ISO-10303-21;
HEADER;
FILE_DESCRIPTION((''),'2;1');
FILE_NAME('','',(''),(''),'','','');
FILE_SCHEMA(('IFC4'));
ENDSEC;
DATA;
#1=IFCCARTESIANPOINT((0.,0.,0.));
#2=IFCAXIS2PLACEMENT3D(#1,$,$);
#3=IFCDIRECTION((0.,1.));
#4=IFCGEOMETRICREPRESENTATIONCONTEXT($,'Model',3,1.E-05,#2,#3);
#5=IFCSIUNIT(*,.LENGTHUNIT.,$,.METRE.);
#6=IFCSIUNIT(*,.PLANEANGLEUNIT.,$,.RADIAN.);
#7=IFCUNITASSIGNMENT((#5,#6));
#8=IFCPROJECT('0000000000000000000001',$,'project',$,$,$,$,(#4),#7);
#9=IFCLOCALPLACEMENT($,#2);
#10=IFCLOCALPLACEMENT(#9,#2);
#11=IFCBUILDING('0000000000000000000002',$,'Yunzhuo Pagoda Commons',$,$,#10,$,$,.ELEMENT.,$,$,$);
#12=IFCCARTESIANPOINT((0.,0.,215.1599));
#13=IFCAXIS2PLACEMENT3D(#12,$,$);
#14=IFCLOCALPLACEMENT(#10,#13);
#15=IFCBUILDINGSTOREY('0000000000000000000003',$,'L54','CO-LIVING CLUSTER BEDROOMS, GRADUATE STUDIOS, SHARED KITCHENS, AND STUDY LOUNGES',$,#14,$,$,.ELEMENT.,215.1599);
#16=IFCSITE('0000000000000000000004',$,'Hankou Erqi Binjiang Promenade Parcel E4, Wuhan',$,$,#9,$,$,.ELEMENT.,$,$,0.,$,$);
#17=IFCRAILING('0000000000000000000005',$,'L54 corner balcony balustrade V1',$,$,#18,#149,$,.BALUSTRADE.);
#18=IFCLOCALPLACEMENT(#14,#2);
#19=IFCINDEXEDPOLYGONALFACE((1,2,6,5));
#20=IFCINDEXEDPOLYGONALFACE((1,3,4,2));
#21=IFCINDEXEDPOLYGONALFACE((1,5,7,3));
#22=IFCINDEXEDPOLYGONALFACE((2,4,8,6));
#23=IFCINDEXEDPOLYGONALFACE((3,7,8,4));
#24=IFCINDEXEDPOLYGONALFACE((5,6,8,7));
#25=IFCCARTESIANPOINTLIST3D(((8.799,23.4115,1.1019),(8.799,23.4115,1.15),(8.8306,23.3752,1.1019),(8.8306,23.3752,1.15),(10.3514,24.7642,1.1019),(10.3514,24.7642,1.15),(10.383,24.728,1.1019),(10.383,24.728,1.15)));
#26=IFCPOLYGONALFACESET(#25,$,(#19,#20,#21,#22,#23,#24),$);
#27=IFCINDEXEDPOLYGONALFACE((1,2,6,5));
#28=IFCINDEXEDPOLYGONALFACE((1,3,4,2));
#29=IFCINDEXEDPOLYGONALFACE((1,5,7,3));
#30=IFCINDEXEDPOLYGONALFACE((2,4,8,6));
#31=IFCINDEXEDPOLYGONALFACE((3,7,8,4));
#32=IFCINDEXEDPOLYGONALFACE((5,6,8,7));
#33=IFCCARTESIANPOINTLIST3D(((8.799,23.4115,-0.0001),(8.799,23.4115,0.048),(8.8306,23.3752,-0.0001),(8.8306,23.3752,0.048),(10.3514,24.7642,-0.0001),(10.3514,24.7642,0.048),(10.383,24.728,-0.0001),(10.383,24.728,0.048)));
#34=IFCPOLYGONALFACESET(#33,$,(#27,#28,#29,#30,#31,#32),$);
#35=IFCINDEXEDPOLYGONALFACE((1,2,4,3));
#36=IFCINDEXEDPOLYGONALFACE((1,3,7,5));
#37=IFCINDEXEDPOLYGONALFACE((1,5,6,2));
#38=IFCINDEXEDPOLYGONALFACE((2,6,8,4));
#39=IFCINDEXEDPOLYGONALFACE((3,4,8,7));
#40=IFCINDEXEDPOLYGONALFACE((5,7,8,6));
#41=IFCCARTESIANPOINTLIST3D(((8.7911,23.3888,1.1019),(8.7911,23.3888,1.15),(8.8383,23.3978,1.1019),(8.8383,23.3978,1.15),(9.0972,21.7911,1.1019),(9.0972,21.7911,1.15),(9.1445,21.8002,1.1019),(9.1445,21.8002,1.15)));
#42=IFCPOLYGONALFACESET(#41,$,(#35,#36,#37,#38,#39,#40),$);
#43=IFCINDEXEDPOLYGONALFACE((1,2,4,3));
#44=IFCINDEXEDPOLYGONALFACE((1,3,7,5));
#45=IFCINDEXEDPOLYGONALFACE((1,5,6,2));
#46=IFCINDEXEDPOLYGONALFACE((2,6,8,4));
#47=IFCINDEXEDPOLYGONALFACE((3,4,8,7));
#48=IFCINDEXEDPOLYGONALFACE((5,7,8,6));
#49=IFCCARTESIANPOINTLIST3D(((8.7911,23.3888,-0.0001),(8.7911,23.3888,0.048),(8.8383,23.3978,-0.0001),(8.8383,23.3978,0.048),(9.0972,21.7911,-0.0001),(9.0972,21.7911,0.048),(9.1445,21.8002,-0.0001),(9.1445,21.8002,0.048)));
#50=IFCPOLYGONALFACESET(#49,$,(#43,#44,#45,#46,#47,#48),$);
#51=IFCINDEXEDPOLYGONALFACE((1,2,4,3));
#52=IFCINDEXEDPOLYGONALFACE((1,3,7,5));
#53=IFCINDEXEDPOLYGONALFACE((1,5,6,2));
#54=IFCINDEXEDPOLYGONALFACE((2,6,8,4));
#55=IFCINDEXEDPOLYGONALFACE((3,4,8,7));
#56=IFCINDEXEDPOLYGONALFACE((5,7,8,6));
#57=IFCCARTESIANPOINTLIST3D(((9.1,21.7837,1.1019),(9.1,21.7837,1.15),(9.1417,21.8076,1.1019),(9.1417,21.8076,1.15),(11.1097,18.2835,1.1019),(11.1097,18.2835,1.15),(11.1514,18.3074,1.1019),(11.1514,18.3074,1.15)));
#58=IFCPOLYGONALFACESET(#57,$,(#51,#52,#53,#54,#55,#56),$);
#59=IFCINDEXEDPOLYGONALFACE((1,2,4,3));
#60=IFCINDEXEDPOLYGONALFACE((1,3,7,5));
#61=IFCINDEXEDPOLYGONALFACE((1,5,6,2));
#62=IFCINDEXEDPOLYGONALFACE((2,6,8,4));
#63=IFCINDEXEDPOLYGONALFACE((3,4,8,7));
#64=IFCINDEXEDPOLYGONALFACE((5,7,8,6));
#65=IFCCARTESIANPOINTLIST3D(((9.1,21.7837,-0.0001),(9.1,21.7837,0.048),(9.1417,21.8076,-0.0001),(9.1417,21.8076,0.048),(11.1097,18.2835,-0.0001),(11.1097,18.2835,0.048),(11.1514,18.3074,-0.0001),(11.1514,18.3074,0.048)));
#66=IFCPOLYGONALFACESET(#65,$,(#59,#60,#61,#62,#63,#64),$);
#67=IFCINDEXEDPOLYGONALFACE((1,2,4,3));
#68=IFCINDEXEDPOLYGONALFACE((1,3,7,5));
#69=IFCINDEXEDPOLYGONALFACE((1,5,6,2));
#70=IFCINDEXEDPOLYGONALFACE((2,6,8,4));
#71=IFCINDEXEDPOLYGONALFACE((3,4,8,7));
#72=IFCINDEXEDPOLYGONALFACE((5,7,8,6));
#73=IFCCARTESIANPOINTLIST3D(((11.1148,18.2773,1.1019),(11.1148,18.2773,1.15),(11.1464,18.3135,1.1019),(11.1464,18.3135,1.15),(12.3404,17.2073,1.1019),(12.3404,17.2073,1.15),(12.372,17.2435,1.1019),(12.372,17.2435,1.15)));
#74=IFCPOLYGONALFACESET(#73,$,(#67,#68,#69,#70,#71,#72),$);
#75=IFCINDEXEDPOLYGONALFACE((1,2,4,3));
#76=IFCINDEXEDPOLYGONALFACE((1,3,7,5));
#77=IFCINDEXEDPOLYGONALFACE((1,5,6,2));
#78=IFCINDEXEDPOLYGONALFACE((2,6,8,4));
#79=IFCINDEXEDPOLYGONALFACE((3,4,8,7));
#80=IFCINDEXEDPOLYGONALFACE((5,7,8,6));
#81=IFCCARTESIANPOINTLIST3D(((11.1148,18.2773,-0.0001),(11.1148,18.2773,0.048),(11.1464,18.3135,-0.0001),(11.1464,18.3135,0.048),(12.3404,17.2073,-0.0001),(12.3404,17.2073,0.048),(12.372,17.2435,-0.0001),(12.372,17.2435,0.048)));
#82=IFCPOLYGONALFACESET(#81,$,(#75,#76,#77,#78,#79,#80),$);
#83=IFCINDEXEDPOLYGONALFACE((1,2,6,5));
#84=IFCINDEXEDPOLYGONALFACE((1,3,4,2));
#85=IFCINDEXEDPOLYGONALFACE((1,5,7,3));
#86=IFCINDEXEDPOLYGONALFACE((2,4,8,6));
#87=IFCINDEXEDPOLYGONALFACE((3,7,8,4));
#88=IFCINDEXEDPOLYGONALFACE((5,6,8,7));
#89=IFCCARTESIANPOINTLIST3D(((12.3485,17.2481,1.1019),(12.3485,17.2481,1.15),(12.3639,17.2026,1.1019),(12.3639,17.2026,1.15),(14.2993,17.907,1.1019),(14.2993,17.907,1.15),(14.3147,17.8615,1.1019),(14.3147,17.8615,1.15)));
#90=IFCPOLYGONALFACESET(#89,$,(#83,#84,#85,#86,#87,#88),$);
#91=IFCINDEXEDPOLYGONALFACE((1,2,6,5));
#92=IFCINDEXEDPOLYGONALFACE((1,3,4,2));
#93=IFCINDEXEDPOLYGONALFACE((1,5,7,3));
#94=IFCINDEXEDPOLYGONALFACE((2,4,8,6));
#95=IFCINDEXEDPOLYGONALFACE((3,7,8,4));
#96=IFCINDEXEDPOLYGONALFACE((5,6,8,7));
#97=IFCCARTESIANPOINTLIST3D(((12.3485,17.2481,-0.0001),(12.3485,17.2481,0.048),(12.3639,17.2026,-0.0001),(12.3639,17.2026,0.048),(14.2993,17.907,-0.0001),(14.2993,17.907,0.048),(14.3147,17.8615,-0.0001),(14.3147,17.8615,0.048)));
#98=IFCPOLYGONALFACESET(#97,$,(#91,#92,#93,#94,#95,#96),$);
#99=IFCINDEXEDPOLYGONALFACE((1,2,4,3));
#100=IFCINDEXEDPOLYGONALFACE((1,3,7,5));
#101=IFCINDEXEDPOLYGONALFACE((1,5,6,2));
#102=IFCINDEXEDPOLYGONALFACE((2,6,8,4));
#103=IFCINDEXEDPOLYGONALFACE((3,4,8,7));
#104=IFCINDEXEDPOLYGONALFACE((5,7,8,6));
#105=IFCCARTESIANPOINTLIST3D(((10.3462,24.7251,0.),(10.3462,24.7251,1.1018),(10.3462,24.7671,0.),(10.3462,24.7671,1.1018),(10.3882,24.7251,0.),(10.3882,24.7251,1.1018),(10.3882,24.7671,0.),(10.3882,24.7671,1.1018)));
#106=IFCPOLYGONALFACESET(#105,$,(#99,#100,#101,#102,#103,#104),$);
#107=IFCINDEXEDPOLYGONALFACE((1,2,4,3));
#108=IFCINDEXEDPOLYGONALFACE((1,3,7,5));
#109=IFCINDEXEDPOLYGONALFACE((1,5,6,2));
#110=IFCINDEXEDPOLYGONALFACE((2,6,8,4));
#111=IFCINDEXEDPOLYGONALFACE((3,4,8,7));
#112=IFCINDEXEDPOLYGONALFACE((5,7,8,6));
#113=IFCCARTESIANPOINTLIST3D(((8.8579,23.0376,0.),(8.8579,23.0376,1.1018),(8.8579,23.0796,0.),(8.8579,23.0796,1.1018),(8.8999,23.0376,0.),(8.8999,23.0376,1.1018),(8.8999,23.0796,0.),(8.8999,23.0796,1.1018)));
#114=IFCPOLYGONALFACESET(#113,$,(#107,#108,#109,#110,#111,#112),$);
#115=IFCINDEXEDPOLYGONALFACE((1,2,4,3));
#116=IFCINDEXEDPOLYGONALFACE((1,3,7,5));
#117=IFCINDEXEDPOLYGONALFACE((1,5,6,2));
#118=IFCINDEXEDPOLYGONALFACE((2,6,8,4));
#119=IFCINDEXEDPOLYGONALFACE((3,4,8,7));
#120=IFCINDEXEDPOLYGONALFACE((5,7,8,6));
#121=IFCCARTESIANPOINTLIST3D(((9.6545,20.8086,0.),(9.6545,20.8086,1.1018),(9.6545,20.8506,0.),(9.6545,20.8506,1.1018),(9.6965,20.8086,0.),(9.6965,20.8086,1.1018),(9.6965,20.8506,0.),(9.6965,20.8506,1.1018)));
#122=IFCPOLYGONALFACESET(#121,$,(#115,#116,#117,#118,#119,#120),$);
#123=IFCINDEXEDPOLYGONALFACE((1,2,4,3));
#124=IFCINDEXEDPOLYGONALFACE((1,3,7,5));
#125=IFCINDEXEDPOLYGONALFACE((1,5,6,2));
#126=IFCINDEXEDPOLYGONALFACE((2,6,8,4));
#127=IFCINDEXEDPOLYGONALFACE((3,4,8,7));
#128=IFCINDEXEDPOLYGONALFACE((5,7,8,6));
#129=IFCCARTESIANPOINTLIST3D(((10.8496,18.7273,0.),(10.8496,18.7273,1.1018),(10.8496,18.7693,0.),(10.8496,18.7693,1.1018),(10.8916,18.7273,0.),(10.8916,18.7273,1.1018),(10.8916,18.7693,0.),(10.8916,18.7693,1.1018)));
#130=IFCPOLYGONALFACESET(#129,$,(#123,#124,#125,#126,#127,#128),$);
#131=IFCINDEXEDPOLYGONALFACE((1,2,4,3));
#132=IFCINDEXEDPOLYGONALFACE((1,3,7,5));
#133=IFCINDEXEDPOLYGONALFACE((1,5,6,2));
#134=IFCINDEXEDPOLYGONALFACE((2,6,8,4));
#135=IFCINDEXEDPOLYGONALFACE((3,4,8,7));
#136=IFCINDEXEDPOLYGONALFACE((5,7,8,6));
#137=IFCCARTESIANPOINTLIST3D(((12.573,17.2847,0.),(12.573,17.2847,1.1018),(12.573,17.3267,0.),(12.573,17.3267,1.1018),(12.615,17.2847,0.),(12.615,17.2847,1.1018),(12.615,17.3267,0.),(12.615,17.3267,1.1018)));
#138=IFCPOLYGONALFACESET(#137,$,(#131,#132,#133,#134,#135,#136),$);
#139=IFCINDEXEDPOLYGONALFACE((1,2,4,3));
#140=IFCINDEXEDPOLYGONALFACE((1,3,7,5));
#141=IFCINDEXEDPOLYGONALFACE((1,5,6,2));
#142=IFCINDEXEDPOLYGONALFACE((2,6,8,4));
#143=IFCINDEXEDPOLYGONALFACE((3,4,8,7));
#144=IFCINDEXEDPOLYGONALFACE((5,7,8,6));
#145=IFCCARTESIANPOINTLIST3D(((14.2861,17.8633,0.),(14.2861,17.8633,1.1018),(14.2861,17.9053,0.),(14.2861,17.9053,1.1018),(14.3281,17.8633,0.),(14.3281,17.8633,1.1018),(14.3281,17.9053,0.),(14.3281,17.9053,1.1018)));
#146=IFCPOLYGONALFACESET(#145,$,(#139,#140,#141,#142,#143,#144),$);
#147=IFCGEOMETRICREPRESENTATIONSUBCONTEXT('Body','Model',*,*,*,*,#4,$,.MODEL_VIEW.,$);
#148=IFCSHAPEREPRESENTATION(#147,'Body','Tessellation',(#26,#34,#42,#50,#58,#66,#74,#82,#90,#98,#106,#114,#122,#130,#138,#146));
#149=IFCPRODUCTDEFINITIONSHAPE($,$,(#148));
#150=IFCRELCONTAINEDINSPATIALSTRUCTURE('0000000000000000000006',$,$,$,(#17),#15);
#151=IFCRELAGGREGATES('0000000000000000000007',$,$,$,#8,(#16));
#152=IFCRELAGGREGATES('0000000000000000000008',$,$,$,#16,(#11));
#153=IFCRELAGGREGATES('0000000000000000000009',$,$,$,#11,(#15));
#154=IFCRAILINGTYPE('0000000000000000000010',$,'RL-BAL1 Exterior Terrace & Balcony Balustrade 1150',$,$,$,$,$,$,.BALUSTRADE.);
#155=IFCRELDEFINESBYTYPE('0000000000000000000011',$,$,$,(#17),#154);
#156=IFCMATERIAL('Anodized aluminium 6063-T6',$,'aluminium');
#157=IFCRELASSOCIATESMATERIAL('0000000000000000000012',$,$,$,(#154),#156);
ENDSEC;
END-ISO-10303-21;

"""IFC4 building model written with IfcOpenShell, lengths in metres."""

from ifc_helpers import new_model, si_unit, direction, frame, origin, origin_2d, place, context, subcontext, project, spatial, rectangle, extrude, material, type_object, element, save


model = new_model("IFC4")

# Units and contexts
model_context = context("Model", 3, precision=1e-05, world=origin(), true_north=direction((0.0, 1.0)))
body_context = subcontext(model_context, "Body", "Model", "MODEL_VIEW")
ifc_project = project(units=[si_unit("LENGTHUNIT", "METRE"), si_unit("PLANEANGLEUNIT", "RADIAN")], contexts=[model_context])

# Site, building, storey
site_placement = place(None, origin())
site = spatial("IfcSite", under=ifc_project, at=site_placement, Name="Hankou Erqi Binjiang Promenade Parcel E4, Wuhan", CompositionType="ELEMENT", RefElevation=0.0)
building_placement = place(site_placement, origin())
building = spatial("IfcBuilding", under=site, at=building_placement, Name="Yunzhuo Pagoda Commons", CompositionType="ELEMENT")
storey_placement = place(building_placement, frame((0.0, 0.0, 215.1599)))
storey = spatial("IfcBuildingStorey", under=building, at=storey_placement, Name="L54", Description="CO-LIVING CLUSTER BEDROOMS, GRADUATE STUDIOS, SHARED KITCHENS, AND STUDY LOUNGES", CompositionType="ELEMENT", Elevation=215.1599)

# Shared definitions
ifc_material_1 = material(Name="Anodized aluminium 6063-T6", Category="aluminium")

# Railing
railing_type = type_object("IfcRailingType", Name="RL-BAL1 Exterior Terrace & Balcony Balustrade 1150", PredefinedType="BALUSTRADE", material=ifc_material_1)
railing_placement = place(storey_placement, frame((10.3672, 24.7461, 0.0)))
element("IfcRailing", 1, at=railing_placement, inside=storey, type_object=railing_type, Name="L54 corner balcony balustrade V1", PredefinedType="BALUSTRADE", context=body_context, shape_type="SweptSolid", body=[
    extrude(rectangle(XDim=0.0481, YDim=0.0481, at=origin_2d()), frame((0.0, 0.0, 1.126), z_axis=(-0.753934, -0.65695, 0.0), x_axis=(0.65695, -0.753934, 0.0)), (0.0, 0.0, 1.0), 2.0591),
    extrude(rectangle(XDim=0.0481, YDim=0.0481, at=origin_2d()), frame((0.0, 0.0, 0.0239), z_axis=(-0.753934, -0.65695, 0.0), x_axis=(0.65695, -0.753934, 0.0)), (0.0, 0.0, 1.0), 2.0591),
    extrude(rectangle(XDim=0.0481, YDim=0.0481, at=origin_2d()), frame((-1.5525, -1.3528, 1.126), z_axis=(0.188202, -0.98213, 0.0), x_axis=(0.98213, 0.188202, 0.0)), (0.0, 0.0, 1.0), 1.6267),
    extrude(rectangle(XDim=0.0481, YDim=0.0481, at=origin_2d()), frame((-1.5525, -1.3528, 0.0239), z_axis=(0.188202, -0.98213, 0.0), x_axis=(0.98213, 0.188202, 0.0)), (0.0, 0.0, 1.0), 1.6267),
    extrude(rectangle(XDim=0.0481, YDim=0.0481, at=origin_2d()), frame((-1.2463, -2.9504, 1.126), z_axis=(0.497936, -0.867214, 0.0), x_axis=(0.867214, 0.497936, 0.0)), (0.0, 0.0, 1.0), 4.0361),
    extrude(rectangle(XDim=0.0481, YDim=0.0481, at=origin_2d()), frame((-1.2463, -2.9504, 0.0239), z_axis=(0.497936, -0.867214, 0.0), x_axis=(0.867214, 0.497936, 0.0)), (0.0, 0.0, 1.0), 4.0361),
    extrude(rectangle(XDim=0.0481, YDim=0.0481, at=origin_2d()), frame((0.7634, -6.4507, 1.126), z_axis=(0.753283, -0.657697, 0.0), x_axis=(0.657697, 0.753283, 0.0)), (0.0, 0.0, 1.0), 1.627),
    extrude(rectangle(XDim=0.0481, YDim=0.0481, at=origin_2d()), frame((0.7634, -6.4507, 0.0239), z_axis=(0.753283, -0.657697, 0.0), x_axis=(0.657697, 0.753283, 0.0)), (0.0, 0.0, 1.0), 1.627),
    extrude(rectangle(XDim=0.0481, YDim=0.0481, at=origin_2d()), frame((1.989, -7.5208, 1.126), z_axis=(0.947419, 0.319996, 0.0), x_axis=(-0.319996, 0.947419, 0.0)), (0.0, 0.0, 1.0), 2.0591),
    extrude(rectangle(XDim=0.0481, YDim=0.0481, at=origin_2d()), frame((1.989, -7.5208, 0.0239), z_axis=(0.947419, 0.319996, 0.0), x_axis=(-0.319996, 0.947419, 0.0)), (0.0, 0.0, 1.0), 2.0591),
    extrude(rectangle(XDim=0.042, YDim=0.042, at=origin_2d()), origin(), (0.0, 0.0, 1.0), 1.1018),
    extrude(rectangle(XDim=0.042, YDim=0.042, at=origin_2d()), frame((-1.4883, -1.6875, 0.0)), (0.0, 0.0, 1.0), 1.1018),
    extrude(rectangle(XDim=0.042, YDim=0.042, at=origin_2d()), frame((-0.6917, -3.9165, 0.0)), (0.0, 0.0, 1.0), 1.1018),
    extrude(rectangle(XDim=0.042, YDim=0.042, at=origin_2d()), frame((0.5034, -5.9978, 0.0)), (0.0, 0.0, 1.0), 1.1018),
    extrude(rectangle(XDim=0.042, YDim=0.042, at=origin_2d()), frame((2.2268, -7.4404, 0.0)), (0.0, 0.0, 1.0), 1.1018),
    extrude(rectangle(XDim=0.042, YDim=0.042, at=origin_2d()), frame((3.9399, -6.8618, 0.0)), (0.0, 0.0, 1.0), 1.1018),
])

save(model, "model.ifc")
